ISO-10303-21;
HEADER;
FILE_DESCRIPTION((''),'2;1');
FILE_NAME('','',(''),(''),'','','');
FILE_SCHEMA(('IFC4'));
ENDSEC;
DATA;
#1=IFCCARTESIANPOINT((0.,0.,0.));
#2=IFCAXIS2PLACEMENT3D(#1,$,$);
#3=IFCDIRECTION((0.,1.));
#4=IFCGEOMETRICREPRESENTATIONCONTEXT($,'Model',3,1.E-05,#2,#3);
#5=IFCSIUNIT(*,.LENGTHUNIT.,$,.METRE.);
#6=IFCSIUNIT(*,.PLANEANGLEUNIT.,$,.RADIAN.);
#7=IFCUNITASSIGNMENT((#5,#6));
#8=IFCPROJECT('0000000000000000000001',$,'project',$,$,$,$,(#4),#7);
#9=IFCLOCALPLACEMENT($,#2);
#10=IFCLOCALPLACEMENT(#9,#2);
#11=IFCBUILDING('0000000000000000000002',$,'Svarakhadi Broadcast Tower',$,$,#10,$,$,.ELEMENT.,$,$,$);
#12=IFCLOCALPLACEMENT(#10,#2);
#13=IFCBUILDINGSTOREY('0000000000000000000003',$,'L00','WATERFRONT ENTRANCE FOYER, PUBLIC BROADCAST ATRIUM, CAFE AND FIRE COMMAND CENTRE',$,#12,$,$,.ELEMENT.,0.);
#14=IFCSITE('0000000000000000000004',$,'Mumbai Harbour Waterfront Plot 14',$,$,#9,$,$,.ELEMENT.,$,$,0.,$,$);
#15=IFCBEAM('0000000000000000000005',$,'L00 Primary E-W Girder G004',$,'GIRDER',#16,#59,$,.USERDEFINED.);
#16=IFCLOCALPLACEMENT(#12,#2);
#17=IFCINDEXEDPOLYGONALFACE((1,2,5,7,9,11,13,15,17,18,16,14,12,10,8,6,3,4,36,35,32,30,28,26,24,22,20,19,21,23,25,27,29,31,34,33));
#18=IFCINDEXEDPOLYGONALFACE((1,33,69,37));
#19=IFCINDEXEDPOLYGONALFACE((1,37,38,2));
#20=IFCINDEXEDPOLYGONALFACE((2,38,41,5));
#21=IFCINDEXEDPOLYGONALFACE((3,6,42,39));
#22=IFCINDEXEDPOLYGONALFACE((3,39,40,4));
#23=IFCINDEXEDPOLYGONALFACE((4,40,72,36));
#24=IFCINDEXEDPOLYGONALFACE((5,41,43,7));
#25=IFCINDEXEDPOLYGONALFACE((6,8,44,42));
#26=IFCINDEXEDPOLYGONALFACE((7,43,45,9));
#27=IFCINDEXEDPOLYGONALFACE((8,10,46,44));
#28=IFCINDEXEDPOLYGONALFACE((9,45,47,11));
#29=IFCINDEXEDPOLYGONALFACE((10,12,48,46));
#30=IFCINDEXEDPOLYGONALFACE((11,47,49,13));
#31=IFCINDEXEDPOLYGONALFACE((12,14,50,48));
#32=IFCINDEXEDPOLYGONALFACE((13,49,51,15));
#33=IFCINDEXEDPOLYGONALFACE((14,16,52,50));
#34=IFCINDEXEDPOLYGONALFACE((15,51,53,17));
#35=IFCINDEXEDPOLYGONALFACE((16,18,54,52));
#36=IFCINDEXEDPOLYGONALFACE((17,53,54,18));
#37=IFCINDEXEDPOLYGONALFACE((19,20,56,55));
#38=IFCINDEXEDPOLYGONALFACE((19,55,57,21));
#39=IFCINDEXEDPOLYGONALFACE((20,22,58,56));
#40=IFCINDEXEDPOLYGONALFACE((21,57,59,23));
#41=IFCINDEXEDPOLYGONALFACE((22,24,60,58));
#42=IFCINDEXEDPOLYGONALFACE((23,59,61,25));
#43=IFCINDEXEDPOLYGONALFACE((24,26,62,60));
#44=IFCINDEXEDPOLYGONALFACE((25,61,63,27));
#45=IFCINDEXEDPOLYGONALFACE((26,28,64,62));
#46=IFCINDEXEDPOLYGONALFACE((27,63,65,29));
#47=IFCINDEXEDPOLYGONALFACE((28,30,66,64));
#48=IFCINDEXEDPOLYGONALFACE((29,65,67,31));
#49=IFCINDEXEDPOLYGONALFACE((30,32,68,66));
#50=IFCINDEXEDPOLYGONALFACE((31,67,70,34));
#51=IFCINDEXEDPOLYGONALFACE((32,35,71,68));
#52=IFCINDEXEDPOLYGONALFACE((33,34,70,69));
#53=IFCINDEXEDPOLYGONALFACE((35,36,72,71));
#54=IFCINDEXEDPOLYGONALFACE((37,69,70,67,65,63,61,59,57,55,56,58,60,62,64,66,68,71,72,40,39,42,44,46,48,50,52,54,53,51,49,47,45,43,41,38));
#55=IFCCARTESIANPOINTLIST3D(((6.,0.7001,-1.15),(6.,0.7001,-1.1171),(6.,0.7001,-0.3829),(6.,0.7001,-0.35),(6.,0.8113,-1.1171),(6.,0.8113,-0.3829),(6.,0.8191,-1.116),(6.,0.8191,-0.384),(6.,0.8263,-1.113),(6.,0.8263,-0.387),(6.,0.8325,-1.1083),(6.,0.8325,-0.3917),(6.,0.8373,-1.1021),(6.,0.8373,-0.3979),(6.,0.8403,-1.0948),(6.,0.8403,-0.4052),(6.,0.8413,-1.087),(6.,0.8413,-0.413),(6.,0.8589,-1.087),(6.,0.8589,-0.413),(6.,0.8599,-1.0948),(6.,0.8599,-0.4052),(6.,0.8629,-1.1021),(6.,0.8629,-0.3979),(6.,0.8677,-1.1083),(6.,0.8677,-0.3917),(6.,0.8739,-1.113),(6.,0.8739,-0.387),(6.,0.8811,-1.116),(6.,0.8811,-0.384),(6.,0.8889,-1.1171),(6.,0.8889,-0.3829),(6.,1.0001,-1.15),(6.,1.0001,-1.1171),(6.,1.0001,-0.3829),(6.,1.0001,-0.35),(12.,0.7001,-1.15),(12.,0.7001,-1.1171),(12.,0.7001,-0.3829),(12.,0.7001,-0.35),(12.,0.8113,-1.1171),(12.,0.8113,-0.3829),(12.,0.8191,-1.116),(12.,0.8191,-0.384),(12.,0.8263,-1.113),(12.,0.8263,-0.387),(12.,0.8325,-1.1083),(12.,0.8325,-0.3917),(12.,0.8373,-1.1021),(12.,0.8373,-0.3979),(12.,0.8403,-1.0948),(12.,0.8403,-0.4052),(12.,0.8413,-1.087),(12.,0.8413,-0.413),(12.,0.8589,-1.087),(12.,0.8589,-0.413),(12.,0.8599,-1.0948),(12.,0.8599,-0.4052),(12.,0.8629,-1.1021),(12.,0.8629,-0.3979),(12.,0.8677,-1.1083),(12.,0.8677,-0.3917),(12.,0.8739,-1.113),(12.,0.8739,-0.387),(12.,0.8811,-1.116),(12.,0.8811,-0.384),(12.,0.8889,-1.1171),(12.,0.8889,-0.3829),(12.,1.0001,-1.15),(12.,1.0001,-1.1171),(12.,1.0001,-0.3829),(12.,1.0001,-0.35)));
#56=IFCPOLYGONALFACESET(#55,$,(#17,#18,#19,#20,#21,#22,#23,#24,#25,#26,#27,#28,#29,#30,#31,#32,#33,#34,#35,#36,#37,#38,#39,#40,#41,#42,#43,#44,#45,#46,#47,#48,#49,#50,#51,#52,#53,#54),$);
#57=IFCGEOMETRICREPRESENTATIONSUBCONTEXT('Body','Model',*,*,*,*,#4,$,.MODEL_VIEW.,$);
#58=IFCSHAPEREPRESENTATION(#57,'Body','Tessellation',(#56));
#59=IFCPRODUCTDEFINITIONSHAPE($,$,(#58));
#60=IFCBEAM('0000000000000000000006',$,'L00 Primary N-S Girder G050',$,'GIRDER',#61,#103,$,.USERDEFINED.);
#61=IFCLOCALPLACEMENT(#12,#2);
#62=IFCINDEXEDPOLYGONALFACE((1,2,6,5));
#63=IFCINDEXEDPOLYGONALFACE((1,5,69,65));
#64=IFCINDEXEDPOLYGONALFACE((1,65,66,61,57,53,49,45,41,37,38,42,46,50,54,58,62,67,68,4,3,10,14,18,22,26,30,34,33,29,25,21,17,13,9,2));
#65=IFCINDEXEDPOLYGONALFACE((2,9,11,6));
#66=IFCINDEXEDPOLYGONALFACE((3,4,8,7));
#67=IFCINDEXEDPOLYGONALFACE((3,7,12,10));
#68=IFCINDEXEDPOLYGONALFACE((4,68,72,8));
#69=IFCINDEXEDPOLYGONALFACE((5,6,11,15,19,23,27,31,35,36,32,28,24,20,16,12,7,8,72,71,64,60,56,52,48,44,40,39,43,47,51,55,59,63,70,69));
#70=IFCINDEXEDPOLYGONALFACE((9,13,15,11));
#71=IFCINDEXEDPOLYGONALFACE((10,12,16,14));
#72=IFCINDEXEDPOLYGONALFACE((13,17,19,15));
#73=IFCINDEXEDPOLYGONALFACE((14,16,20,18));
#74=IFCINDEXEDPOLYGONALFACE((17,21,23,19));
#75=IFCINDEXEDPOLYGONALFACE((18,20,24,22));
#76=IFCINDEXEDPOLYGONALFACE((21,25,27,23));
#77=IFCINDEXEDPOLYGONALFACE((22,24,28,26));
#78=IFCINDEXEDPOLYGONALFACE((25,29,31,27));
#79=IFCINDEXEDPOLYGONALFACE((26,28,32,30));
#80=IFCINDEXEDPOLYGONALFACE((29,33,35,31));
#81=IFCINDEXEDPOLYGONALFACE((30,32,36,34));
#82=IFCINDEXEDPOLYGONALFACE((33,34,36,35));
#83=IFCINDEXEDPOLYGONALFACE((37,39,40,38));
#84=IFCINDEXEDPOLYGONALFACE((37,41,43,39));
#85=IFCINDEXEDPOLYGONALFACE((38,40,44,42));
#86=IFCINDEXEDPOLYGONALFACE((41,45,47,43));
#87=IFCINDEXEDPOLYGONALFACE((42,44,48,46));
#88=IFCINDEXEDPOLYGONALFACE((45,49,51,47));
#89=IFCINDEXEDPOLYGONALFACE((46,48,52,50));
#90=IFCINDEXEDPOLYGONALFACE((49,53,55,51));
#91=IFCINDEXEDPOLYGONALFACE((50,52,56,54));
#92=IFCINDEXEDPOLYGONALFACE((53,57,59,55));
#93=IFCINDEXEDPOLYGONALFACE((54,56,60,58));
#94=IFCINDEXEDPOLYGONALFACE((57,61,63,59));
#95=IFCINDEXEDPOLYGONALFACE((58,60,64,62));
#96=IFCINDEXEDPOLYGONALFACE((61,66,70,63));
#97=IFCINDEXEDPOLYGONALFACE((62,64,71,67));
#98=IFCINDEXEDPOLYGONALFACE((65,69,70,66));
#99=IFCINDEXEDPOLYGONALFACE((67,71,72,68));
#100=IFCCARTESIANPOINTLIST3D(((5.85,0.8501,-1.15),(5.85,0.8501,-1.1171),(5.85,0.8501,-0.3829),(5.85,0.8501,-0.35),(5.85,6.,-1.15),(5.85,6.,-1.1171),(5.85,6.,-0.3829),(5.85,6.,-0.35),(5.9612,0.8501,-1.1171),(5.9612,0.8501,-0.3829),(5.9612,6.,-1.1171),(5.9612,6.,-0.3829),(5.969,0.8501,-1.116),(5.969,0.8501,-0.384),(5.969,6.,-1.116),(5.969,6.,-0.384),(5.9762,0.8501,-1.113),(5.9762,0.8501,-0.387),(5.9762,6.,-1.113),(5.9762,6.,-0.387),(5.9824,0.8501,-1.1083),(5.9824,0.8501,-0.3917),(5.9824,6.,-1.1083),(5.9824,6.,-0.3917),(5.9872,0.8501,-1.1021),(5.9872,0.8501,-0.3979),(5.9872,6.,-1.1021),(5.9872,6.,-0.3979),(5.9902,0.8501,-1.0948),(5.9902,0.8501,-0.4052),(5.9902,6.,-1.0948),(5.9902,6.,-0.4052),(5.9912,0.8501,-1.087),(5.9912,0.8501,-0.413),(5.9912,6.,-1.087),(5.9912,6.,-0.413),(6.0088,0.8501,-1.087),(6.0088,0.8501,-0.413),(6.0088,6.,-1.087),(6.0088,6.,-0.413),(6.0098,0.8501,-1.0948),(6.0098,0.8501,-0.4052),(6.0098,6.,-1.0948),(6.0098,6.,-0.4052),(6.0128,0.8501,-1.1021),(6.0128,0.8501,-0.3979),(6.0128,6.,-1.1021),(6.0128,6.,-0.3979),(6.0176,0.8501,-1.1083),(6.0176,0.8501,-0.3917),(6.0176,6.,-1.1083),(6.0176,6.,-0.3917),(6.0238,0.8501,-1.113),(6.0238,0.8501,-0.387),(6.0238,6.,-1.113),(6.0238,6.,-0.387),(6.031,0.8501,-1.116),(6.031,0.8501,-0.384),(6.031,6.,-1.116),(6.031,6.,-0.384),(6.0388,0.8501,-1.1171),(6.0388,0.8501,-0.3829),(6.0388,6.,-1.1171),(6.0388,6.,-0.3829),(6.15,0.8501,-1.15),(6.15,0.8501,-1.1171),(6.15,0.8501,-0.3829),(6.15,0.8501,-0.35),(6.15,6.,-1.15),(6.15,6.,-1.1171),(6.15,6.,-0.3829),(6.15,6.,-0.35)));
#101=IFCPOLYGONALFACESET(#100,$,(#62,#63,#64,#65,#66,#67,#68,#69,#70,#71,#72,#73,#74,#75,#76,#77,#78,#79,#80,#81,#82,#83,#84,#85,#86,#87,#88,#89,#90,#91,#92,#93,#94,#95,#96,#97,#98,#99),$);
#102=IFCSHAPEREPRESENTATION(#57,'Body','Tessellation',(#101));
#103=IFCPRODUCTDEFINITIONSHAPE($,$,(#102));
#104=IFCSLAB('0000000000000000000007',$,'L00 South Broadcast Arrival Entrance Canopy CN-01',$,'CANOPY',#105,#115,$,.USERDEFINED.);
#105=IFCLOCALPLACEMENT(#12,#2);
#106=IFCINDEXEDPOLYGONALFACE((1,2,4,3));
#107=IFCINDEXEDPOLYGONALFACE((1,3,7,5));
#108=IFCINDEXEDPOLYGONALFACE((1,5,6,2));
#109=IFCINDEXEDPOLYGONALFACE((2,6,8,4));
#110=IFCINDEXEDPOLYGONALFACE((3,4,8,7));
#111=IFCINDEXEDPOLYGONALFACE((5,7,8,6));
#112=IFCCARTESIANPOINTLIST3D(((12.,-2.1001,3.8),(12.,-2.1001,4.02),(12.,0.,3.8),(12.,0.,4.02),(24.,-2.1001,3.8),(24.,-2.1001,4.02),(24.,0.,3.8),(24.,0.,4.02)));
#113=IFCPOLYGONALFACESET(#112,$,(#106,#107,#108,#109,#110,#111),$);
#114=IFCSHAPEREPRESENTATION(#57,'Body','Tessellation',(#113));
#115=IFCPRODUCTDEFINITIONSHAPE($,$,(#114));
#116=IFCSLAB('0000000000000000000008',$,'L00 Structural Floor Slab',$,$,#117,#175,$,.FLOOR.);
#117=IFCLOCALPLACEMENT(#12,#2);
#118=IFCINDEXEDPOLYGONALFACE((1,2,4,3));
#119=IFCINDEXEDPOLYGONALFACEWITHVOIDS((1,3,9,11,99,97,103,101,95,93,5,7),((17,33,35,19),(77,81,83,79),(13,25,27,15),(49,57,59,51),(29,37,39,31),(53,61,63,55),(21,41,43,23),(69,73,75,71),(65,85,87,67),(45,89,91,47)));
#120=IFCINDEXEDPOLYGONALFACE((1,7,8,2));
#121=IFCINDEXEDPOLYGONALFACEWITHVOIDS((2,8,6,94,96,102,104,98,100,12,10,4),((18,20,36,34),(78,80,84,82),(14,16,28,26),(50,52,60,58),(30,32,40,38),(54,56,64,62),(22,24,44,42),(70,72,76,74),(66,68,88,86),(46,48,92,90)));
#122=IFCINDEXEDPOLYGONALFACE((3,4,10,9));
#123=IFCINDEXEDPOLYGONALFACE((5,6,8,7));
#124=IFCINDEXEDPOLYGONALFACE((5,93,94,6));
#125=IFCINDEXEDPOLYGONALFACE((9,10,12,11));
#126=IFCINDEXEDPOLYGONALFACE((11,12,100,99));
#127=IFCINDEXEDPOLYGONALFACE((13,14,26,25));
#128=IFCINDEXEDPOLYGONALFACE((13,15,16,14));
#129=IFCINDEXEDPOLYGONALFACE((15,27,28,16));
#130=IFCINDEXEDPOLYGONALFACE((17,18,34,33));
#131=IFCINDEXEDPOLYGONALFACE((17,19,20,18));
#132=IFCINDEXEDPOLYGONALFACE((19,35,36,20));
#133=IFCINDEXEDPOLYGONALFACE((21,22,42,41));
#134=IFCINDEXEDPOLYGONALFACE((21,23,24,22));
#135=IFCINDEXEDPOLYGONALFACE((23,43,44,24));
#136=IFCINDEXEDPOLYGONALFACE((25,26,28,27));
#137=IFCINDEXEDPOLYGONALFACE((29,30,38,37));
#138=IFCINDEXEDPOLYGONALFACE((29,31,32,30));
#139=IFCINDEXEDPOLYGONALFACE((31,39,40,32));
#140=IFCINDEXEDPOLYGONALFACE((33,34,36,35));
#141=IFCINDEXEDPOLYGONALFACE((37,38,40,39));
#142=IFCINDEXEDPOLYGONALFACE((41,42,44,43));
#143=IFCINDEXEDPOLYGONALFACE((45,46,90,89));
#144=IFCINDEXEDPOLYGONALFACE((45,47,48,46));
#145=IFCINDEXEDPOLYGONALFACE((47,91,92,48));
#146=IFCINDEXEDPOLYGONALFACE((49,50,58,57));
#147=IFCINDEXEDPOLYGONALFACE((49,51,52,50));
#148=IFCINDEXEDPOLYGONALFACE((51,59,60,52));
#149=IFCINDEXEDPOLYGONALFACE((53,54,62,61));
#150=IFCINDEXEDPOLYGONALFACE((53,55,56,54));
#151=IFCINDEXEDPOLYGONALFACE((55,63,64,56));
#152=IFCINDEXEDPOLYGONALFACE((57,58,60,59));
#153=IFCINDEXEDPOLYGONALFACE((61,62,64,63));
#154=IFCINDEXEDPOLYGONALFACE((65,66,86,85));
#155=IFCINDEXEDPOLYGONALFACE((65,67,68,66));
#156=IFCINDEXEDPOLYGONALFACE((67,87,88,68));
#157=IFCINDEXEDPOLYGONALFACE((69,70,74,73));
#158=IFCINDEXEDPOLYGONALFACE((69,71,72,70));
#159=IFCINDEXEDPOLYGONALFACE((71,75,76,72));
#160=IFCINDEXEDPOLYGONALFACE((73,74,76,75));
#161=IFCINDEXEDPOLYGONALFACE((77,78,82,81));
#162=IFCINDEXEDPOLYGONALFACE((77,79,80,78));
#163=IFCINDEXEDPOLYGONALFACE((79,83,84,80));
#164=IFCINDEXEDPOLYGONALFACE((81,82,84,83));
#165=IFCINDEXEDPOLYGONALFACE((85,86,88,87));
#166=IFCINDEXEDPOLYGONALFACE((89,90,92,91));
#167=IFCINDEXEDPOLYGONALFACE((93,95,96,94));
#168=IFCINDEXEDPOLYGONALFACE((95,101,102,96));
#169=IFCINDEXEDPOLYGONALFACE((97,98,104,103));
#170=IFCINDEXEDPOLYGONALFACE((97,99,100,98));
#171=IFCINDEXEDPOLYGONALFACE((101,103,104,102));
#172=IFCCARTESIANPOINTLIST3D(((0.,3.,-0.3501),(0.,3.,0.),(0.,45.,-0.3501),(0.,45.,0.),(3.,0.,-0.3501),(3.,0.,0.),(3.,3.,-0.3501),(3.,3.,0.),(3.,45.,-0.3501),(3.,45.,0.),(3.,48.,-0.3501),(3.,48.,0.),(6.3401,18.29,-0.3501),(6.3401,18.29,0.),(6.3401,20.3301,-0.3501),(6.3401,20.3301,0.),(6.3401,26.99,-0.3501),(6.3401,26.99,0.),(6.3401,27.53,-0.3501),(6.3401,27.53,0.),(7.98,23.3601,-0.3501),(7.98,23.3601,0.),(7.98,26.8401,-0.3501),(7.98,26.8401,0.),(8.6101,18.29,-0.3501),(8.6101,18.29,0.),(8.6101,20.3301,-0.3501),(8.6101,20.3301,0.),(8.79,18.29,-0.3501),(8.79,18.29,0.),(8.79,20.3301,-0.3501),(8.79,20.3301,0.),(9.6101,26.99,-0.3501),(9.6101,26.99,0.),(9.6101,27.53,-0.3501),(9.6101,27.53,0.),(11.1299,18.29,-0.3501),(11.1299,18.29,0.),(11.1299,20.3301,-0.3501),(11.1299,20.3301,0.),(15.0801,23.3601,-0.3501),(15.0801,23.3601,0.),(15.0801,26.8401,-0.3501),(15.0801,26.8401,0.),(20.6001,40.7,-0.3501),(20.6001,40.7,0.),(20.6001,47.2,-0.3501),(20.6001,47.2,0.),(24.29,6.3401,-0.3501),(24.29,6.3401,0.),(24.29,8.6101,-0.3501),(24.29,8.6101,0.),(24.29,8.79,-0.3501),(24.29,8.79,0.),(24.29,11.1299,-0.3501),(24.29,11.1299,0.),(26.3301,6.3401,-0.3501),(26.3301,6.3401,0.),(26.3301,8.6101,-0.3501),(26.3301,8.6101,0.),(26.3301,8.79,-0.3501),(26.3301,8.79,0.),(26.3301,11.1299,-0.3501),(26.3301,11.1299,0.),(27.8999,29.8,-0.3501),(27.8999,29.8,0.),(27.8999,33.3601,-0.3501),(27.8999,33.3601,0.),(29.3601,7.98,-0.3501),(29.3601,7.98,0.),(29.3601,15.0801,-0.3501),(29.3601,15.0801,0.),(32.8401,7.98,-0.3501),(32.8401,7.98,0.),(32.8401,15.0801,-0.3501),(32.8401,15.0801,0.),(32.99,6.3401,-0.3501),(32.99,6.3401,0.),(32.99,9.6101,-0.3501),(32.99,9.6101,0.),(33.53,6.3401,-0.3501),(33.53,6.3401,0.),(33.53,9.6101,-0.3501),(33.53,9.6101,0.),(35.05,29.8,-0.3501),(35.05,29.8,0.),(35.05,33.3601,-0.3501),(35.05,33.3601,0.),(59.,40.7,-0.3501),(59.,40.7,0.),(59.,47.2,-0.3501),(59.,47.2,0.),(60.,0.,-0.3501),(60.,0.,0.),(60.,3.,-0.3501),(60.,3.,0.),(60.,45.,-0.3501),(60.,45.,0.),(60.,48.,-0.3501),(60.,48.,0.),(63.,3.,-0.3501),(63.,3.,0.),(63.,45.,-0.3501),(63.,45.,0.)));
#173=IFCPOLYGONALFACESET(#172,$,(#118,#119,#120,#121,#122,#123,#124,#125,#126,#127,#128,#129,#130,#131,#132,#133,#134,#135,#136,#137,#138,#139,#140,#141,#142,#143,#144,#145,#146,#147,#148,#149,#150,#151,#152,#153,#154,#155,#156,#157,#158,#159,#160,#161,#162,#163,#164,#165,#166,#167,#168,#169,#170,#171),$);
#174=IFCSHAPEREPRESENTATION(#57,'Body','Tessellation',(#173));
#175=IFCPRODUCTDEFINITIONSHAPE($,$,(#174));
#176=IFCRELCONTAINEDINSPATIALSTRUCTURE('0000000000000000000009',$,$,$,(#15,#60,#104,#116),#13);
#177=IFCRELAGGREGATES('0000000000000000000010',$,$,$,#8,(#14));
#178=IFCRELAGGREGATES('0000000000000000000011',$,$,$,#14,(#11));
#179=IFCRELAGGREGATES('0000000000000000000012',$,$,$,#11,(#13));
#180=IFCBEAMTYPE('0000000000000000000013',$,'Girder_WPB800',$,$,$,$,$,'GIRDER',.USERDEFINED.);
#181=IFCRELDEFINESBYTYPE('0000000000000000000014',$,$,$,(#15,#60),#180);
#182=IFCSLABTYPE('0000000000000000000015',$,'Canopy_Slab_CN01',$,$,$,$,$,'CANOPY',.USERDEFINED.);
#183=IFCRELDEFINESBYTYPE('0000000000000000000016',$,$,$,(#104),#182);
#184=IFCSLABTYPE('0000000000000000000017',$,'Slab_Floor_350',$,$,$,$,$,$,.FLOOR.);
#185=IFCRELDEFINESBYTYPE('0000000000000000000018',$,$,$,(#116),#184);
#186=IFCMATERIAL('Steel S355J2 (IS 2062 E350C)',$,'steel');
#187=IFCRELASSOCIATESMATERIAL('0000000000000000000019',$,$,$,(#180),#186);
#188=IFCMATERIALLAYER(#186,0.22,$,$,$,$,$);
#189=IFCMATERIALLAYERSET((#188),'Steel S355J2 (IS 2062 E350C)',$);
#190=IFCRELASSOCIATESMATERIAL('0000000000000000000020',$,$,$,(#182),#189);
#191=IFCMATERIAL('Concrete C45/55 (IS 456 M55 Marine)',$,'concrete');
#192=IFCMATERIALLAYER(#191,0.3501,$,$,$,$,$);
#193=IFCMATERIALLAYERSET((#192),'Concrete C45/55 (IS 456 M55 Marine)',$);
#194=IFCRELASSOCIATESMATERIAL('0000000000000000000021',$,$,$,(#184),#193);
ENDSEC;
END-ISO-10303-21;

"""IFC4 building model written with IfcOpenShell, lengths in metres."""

from ifc_helpers import new_model, si_unit, direction, frame, origin, origin_2d, place, context, subcontext, project, spatial, polyline, i_section, outline, extrude, material, layer, layer_set, material_profile, profile_set, type_object, element, save


model = new_model("IFC4")

# Units and contexts
model_context = context("Model", 3, precision=1e-05, world=origin(), true_north=direction((0.0, 1.0)))
body_context = subcontext(model_context, "Body", "Model", "MODEL_VIEW")
ifc_project = project(units=[si_unit("LENGTHUNIT", "METRE"), si_unit("PLANEANGLEUNIT", "RADIAN")], contexts=[model_context])

# Site, building, storey
site_placement = place(None, origin())
site = spatial("IfcSite", under=ifc_project, at=site_placement, Name="Mumbai Harbour Waterfront Plot 14", CompositionType="ELEMENT", RefElevation=0.0)
building_placement = place(site_placement, origin())
building = spatial("IfcBuilding", under=site, at=building_placement, Name="Svarakhadi Broadcast Tower", CompositionType="ELEMENT")
storey_placement = place(building_placement, origin())
storey = spatial("IfcBuildingStorey", under=building, at=storey_placement, Name="L00", Description="WATERFRONT ENTRANCE FOYER, PUBLIC BROADCAST ATRIUM, CAFE AND FIRE COMMAND CENTRE", CompositionType="ELEMENT", Elevation=0.0)

# Beams
ifc_material_1 = material(Name="Steel S355J2 (IS 2062 E350C)", Category="steel")
ifc_material_profile_1 = material_profile(ifc_material_1, i_section(OverallWidth=0.3, OverallDepth=0.8, WebThickness=0.0176, FlangeThickness=0.033, FilletRadius=0.03, at=origin_2d()), Name="WPB 800x300x262")
ifc_profile_set_1 = profile_set([ifc_material_profile_1], Name="Steel S355J2 (IS 2062 E350C)")
beam_type = type_object("IfcBeamType", Name="Girder_WPB800", ElementType="GIRDER", PredefinedType="USERDEFINED", material=ifc_profile_set_1)
beam_1_placement = place(storey_placement, frame((6.0, 0.8501, -0.75), z_axis=(1.0, 0.0, 0.0), x_axis=(0.0, 1.0, 0.0)))
element("IfcBeam", 1, at=beam_1_placement, inside=storey, type_object=beam_type, Name="L00 Primary E-W Girder G004", ObjectType="GIRDER", PredefinedType="USERDEFINED", context=body_context, shape_type="SweptSolid", body=[
    extrude(i_section(OverallWidth=0.3, OverallDepth=0.8, WebThickness=0.0176, FlangeThickness=0.033, FilletRadius=0.03, at=origin_2d()), origin(), (0.0, 0.0, 1.0), 6.0),
])
beam_2_placement = place(storey_placement, frame((6.0, 0.8501, -0.75), z_axis=(0.0, 1.0, 0.0), x_axis=(-1.0, 0.0, 0.0)))
element("IfcBeam", 2, at=beam_2_placement, inside=storey, type_object=beam_type, Name="L00 Primary N-S Girder G050", ObjectType="GIRDER", PredefinedType="USERDEFINED", context=body_context, shape_type="SweptSolid", body=[
    extrude(i_section(OverallWidth=0.3, OverallDepth=0.8, WebThickness=0.0176, FlangeThickness=0.033, FilletRadius=0.03, at=origin_2d()), origin(), (0.0, 0.0, 1.0), 5.1499),
])

# Slabs
ifc_layer_1 = layer(ifc_material_1, 0.22)
ifc_layer_set_1 = layer_set([ifc_layer_1], Name="Steel S355J2 (IS 2062 E350C)")
slab_type_1 = type_object("IfcSlabType", Name="Canopy_Slab_CN01", ElementType="CANOPY", PredefinedType="USERDEFINED", material=ifc_layer_set_1)
slab_1_placement = place(storey_placement, frame((0.0, 0.0, 3.8)))
element("IfcSlab", 3, at=slab_1_placement, inside=storey, type_object=slab_type_1, Name="L00 South Broadcast Arrival Entrance Canopy CN-01", ObjectType="CANOPY", PredefinedType="USERDEFINED", context=body_context, shape_type="SweptSolid", body=[
    extrude(outline(polyline([(12.0, -2.1001), (24.0, -2.1001), (24.0, 0.0), (12.0, 0.0), (12.0, -2.1001)])), origin(), (0.0, 0.0, 1.0), 0.22),
])
ifc_material_2 = material(Name="Concrete C45/55 (IS 456 M55 Marine)", Category="concrete")
ifc_layer_2 = layer(ifc_material_2, 0.3501)
ifc_layer_set_2 = layer_set([ifc_layer_2], Name="Concrete C45/55 (IS 456 M55 Marine)")
slab_type_2 = type_object("IfcSlabType", Name="Slab_Floor_350", PredefinedType="FLOOR", material=ifc_layer_set_2)
slab_2_placement = place(storey_placement, frame((0.0, 0.0, -0.3501)))
element("IfcSlab", 4, at=slab_2_placement, inside=storey, type_object=slab_type_2, Name="L00 Structural Floor Slab", PredefinedType="FLOOR", context=body_context, shape_type="SweptSolid", body=[
    extrude(outline(polyline([(3.0, 0.0), (60.0, 0.0), (60.0, 3.0), (63.0, 3.0), (63.0, 45.0), (60.0, 45.0), (60.0, 48.0), (3.0, 48.0), (3.0, 45.0), (0.0, 45.0), (0.0, 3.0), (3.0, 3.0), (3.0, 0.0)]), holes=[polyline([(7.98, 23.3601), (15.0801, 23.3601), (15.0801, 26.8401), (7.98, 26.8401), (7.98, 23.3601)]), polyline([(32.8401, 7.98), (32.8401, 15.0801), (29.3601, 15.0801), (29.3601, 7.98), (32.8401, 7.98)]), polyline([(27.8999, 29.8), (35.05, 29.8), (35.05, 33.3601), (27.8999, 33.3601), (27.8999, 29.8)]), polyline([(6.3401, 18.29), (8.6101, 18.29), (8.6101, 20.3301), (6.3401, 20.3301), (6.3401, 18.29)]), polyline([(8.79, 18.29), (11.1299, 18.29), (11.1299, 20.3301), (8.79, 20.3301), (8.79, 18.29)]), polyline([(24.29, 6.3401), (26.3301, 6.3401), (26.3301, 8.6101), (24.29, 8.6101), (24.29, 6.3401)]), polyline([(24.29, 8.79), (26.3301, 8.79), (26.3301, 11.1299), (24.29, 11.1299), (24.29, 8.79)]), polyline([(6.3401, 26.99), (9.6101, 26.99), (9.6101, 27.53), (6.3401, 27.53), (6.3401, 26.99)]), polyline([(32.99, 6.3401), (33.53, 6.3401), (33.53, 9.6101), (32.99, 9.6101), (32.99, 6.3401)]), polyline([(20.6001, 40.7), (59.0, 40.7), (59.0, 47.2), (20.6001, 47.2), (20.6001, 40.7)])]), origin(), (0.0, 0.0, 1.0), 0.3501),
])

save(model, "model.ifc")
